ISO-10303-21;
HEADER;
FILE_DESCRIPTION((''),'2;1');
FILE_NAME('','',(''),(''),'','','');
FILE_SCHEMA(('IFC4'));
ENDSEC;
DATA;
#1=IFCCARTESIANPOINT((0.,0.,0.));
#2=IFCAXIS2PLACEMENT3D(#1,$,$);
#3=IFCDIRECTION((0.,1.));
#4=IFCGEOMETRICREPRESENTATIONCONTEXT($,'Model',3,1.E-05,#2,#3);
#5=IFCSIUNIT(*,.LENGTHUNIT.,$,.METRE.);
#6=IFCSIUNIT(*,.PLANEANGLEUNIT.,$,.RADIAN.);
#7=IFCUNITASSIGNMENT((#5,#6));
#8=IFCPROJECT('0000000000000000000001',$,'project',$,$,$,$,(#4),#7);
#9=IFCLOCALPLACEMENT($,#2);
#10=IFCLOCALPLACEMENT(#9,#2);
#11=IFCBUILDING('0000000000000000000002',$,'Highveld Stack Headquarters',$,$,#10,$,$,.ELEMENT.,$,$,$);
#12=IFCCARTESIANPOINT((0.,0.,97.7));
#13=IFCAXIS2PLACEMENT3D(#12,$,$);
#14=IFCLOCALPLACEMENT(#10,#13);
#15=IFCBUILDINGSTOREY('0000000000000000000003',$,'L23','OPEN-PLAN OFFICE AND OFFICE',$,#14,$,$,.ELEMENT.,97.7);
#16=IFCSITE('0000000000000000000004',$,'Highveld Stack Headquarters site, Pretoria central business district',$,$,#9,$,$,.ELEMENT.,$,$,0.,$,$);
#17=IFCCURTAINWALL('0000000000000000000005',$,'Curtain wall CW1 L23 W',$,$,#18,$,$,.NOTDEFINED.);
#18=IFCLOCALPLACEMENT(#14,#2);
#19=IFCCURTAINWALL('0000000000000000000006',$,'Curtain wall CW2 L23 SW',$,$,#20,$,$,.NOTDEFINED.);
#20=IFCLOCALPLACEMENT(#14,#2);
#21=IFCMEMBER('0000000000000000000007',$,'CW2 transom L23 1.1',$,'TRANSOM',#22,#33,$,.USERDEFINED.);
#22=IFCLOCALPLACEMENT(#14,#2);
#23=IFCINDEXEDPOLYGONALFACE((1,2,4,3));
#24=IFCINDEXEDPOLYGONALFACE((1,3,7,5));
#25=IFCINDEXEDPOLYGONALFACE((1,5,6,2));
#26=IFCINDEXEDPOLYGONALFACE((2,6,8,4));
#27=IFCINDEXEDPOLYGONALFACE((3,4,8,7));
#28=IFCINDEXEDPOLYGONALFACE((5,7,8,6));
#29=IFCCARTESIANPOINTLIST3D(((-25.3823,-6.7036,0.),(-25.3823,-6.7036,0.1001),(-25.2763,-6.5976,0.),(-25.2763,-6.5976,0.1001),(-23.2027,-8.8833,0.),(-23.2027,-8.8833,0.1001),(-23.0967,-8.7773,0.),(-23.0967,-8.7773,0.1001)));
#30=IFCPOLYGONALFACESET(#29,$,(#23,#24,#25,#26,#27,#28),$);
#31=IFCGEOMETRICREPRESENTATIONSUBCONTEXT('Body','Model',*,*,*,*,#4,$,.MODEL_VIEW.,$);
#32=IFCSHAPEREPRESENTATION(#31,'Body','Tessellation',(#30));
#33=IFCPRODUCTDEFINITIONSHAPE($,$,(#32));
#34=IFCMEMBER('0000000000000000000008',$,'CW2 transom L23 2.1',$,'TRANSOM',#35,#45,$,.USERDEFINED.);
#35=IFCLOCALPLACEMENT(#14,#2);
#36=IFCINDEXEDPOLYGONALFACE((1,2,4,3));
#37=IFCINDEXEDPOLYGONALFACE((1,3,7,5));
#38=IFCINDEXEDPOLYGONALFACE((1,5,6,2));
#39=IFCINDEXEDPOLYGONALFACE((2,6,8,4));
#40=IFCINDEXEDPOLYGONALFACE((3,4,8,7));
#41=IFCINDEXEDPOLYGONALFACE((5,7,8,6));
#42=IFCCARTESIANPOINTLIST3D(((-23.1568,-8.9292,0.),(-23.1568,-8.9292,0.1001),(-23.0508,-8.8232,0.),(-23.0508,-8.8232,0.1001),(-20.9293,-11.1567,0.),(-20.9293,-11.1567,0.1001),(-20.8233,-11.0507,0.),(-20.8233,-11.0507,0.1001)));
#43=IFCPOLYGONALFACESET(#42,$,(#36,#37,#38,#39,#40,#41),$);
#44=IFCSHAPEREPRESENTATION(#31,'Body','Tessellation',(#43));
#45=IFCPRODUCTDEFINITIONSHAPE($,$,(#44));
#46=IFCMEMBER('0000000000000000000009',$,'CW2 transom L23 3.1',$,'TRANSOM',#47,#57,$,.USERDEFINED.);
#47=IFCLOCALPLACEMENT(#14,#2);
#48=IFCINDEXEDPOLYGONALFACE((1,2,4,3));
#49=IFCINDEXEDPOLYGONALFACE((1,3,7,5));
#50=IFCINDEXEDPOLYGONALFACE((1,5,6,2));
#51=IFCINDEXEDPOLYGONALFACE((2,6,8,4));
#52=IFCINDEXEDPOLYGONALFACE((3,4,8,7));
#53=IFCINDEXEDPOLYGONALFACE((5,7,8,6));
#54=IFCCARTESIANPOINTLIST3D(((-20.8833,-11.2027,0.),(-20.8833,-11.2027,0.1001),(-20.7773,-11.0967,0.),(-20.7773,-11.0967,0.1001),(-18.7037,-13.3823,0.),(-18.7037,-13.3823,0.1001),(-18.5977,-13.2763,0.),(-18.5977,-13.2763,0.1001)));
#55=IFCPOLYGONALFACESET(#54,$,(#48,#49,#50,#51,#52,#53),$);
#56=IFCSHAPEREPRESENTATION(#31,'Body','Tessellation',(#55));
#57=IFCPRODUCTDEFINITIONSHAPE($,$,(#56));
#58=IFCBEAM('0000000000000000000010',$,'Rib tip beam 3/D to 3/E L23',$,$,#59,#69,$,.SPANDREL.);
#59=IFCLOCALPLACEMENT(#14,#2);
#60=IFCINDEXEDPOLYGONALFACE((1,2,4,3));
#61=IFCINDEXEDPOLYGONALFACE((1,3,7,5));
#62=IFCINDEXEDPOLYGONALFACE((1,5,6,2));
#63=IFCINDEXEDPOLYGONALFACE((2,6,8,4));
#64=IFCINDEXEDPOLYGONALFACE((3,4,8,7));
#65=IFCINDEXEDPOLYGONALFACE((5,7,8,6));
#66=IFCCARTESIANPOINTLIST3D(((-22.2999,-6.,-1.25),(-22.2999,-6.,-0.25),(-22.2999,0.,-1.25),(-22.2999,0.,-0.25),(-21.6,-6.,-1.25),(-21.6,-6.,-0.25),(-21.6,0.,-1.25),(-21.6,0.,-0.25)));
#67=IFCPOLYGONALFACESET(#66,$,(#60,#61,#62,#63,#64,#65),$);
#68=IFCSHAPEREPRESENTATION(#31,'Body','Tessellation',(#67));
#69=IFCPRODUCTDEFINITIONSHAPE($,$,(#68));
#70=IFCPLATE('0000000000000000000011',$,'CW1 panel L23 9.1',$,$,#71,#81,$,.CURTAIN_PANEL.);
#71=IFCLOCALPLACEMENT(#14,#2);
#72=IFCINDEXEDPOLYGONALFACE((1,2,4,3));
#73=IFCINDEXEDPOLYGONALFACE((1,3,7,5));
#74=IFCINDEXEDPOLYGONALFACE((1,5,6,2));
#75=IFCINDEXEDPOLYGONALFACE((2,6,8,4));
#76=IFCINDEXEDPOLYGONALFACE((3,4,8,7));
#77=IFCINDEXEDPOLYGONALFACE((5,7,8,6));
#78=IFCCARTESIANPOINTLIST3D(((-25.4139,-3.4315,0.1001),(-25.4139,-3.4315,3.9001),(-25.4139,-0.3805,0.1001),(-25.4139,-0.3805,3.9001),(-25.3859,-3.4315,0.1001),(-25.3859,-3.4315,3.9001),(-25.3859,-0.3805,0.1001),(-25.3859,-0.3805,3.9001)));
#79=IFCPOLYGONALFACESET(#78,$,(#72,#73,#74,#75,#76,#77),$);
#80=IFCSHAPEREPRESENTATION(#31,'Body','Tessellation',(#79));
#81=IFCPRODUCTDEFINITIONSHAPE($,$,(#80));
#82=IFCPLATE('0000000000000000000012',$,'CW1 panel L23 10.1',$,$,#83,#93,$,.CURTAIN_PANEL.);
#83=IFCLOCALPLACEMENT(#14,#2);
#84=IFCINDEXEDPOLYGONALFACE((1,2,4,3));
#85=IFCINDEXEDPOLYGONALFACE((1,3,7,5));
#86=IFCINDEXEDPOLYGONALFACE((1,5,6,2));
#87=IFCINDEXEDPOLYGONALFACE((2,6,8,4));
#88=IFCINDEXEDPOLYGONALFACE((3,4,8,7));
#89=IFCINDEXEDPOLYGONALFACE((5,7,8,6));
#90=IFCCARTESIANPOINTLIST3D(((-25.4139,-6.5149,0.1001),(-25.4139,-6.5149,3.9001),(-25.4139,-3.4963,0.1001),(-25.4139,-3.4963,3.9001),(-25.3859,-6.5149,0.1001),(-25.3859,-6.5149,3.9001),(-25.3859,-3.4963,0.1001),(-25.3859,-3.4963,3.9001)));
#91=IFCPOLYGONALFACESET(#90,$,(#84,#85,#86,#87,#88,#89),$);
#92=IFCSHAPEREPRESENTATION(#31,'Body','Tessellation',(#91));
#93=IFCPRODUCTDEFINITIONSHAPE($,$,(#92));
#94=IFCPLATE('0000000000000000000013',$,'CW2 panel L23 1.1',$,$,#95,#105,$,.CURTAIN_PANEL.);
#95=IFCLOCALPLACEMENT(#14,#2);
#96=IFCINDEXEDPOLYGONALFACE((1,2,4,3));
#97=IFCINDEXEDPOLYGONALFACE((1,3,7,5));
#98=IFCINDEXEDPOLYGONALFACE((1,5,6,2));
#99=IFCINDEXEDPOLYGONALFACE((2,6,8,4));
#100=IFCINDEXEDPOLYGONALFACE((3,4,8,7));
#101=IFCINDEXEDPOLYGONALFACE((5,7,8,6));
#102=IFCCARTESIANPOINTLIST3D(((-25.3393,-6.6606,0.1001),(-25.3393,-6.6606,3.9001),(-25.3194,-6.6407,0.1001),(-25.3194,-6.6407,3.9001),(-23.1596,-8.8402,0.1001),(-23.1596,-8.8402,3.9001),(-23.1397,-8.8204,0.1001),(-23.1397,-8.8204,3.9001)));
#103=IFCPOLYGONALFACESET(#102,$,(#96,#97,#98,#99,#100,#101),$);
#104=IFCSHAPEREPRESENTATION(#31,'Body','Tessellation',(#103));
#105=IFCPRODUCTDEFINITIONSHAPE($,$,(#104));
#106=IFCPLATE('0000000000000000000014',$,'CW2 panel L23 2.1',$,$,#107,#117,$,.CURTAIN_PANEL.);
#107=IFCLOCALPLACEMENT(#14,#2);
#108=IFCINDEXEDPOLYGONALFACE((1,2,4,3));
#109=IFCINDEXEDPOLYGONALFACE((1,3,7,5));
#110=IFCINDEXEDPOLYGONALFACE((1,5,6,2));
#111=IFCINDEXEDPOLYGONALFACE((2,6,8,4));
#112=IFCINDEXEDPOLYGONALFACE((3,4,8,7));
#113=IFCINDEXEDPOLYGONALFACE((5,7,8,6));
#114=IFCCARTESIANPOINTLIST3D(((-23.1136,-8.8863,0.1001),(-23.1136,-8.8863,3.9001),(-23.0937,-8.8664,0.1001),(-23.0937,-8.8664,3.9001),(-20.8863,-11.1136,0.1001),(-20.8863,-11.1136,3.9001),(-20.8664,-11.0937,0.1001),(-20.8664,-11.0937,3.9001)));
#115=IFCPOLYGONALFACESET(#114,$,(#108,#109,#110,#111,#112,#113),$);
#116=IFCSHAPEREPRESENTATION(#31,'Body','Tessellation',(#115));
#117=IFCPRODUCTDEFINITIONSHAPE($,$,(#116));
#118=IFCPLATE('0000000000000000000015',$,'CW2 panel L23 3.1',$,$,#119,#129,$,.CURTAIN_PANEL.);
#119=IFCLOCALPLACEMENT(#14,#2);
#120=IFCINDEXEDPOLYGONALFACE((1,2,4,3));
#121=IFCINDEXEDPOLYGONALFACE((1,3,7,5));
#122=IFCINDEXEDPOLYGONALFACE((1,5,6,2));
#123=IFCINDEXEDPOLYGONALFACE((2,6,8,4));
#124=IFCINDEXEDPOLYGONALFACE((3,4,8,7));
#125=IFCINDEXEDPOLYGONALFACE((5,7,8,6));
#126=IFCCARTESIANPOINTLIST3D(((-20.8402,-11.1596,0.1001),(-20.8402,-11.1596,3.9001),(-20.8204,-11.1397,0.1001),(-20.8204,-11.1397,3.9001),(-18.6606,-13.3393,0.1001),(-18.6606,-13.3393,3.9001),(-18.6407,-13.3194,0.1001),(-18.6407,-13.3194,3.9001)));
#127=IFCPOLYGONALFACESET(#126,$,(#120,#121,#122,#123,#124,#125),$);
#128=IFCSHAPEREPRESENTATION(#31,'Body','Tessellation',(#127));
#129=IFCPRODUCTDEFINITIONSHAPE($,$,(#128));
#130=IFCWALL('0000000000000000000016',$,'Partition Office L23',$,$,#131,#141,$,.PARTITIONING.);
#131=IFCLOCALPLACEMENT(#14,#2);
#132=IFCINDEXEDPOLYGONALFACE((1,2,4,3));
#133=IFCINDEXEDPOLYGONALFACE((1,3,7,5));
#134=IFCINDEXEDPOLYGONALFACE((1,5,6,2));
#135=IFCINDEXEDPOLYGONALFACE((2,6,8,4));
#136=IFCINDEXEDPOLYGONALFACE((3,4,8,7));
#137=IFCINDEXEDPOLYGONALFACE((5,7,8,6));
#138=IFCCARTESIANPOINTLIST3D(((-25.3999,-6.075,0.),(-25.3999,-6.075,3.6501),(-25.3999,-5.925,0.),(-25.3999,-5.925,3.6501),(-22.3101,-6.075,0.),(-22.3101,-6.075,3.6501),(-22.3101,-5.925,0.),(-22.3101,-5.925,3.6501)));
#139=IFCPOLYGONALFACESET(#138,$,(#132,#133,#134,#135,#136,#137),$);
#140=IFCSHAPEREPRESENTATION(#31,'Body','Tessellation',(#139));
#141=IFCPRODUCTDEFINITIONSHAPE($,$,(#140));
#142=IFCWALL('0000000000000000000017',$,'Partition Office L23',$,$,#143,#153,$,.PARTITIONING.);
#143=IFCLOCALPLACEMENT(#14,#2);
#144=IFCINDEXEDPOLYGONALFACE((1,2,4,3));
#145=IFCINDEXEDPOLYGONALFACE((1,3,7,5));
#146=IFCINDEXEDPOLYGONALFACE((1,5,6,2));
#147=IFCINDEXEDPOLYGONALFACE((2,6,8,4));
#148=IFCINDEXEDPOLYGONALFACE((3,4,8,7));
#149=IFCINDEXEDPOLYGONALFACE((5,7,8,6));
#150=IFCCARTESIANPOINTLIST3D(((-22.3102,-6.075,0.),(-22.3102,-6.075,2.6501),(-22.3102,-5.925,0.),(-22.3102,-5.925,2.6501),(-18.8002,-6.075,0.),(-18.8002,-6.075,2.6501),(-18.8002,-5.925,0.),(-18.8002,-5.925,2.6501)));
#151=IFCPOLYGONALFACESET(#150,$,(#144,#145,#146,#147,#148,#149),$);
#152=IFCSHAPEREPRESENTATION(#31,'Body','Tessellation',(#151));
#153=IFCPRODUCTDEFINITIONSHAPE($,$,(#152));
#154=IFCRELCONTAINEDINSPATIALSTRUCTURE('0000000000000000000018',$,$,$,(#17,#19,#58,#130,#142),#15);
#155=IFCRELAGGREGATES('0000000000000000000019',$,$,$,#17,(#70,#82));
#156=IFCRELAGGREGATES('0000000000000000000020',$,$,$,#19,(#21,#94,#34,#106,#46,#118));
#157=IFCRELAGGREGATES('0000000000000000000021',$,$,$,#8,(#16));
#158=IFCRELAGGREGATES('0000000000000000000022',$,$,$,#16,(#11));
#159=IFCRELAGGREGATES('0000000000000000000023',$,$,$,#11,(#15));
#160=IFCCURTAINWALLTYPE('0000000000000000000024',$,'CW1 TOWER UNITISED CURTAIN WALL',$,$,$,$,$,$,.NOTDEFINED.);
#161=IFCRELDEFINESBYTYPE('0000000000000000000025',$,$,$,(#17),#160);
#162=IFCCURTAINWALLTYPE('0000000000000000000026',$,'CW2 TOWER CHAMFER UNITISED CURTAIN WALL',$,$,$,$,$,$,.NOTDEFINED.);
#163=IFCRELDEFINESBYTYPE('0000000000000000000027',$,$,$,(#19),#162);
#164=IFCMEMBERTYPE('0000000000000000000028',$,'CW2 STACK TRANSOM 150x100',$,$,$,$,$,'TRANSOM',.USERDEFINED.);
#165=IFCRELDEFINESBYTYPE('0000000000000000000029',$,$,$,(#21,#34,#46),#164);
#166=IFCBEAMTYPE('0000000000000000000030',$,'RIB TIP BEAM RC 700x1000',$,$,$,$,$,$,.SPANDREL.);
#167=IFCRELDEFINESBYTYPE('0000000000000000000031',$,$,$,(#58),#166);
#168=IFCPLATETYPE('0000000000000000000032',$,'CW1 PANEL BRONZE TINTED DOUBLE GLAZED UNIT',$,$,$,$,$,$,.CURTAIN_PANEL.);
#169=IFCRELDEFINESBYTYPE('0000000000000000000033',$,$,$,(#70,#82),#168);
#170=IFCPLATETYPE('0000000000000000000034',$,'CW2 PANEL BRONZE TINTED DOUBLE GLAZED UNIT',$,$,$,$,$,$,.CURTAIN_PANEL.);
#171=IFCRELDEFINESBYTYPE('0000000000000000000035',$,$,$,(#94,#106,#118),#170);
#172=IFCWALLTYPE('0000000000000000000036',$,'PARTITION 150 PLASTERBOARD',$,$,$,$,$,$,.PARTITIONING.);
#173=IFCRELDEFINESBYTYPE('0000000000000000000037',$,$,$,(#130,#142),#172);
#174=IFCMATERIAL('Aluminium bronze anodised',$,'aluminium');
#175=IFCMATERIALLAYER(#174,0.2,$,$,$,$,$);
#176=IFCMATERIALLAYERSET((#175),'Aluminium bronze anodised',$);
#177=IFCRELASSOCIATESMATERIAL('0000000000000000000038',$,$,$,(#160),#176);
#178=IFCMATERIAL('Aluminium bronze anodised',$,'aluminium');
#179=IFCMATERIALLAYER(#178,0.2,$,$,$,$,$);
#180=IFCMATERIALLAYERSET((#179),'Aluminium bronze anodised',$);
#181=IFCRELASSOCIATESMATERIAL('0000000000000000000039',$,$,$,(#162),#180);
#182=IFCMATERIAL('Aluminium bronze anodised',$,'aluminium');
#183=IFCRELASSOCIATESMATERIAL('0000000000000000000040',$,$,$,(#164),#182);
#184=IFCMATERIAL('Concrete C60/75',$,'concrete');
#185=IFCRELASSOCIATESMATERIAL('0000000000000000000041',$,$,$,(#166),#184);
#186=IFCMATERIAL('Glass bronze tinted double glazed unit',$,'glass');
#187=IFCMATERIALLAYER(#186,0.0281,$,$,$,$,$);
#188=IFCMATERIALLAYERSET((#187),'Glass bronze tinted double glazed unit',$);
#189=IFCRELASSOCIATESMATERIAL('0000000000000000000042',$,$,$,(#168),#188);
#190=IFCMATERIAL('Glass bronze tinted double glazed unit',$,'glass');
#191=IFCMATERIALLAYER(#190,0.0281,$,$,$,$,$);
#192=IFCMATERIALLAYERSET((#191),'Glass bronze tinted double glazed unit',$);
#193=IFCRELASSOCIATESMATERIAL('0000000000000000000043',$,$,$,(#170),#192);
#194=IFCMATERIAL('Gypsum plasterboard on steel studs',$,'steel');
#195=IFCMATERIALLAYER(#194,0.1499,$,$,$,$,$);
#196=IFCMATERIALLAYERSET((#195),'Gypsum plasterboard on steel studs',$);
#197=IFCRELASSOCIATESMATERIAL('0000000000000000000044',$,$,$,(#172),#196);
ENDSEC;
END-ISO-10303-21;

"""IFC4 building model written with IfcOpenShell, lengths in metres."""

from ifc_helpers import new_model, si_unit, direction, frame, frame_2d, origin, origin_2d, place, context, subcontext, project, spatial, rectangle, extrude, material, layer, layer_set, material_profile, profile_set, type_object, element, aggregate, save


model = new_model("IFC4")

# Units and contexts
model_context = context("Model", 3, precision=1e-05, world=origin(), true_north=direction((0.0, 1.0)))
body_context = subcontext(model_context, "Body", "Model", "MODEL_VIEW")
ifc_project = project(units=[si_unit("LENGTHUNIT", "METRE"), si_unit("PLANEANGLEUNIT", "RADIAN")], contexts=[model_context])

# Site, building, storey
site_placement = place(None, origin())
site = spatial("IfcSite", under=ifc_project, at=site_placement, Name="Highveld Stack Headquarters site, Pretoria central business district", CompositionType="ELEMENT", RefElevation=0.0)
building_placement = place(site_placement, origin())
building = spatial("IfcBuilding", under=site, at=building_placement, Name="Highveld Stack Headquarters", CompositionType="ELEMENT")
storey_placement = place(building_placement, frame((0.0, 0.0, 97.7)))
storey = spatial("IfcBuildingStorey", under=building, at=storey_placement, Name="L23", Description="OPEN-PLAN OFFICE AND OFFICE", CompositionType="ELEMENT", Elevation=97.7)

# Shared definitions
ifc_material_1 = material(Name="Aluminium bronze anodised", Category="aluminium")
ifc_layer_1 = layer(ifc_material_1, 0.2)
ifc_layer_set_1 = layer_set([ifc_layer_1], Name="Aluminium bronze anodised")
curtain_wall_type_1 = type_object("IfcCurtainWallType", Name="CW1 TOWER UNITISED CURTAIN WALL", PredefinedType="NOTDEFINED", material=ifc_layer_set_1)

# Curtain wall
curtain_wall_1_placement = place(storey_placement, origin())
curtain_wall_1 = element("IfcCurtainWall", 1, at=curtain_wall_1_placement, inside=storey, type_object=curtain_wall_type_1, Name="Curtain wall CW1 L23 W", PredefinedType="NOTDEFINED")

# Curtain wall, members
ifc_material_2 = material(Name="Aluminium bronze anodised", Category="aluminium")
ifc_layer_2 = layer(ifc_material_2, 0.2)
ifc_layer_set_2 = layer_set([ifc_layer_2], Name="Aluminium bronze anodised")
curtain_wall_type_2 = type_object("IfcCurtainWallType", Name="CW2 TOWER CHAMFER UNITISED CURTAIN WALL", PredefinedType="NOTDEFINED", material=ifc_layer_set_2)
curtain_wall_2_placement = place(storey_placement, origin())
curtain_wall_2 = element("IfcCurtainWall", 2, at=curtain_wall_2_placement, inside=storey, type_object=curtain_wall_type_2, Name="Curtain wall CW2 L23 SW", PredefinedType="NOTDEFINED")
ifc_material_3 = material(Name="Aluminium bronze anodised", Category="aluminium")
ifc_material_profile_1 = material_profile(ifc_material_3, rectangle(XDim=0.1499, YDim=0.1001, at=origin_2d()), Name="CW2 TRANSOM 150x100")
ifc_profile_set_1 = profile_set([ifc_material_profile_1], Name="Aluminium bronze anodised")
member_type_1 = type_object("IfcMemberType", Name="CW2 STACK TRANSOM 150x100", ElementType="TRANSOM", PredefinedType="USERDEFINED", material=ifc_profile_set_1)
member_1_placement = place(storey_placement, frame((-25.3293, -6.6506, 0.05), z_axis=(0.707107, -0.707107, 0.0), x_axis=(0.707107, 0.707107, 0.0)))
member_1 = element("IfcMember", 3, at=member_1_placement, type_object=member_type_1, Name="CW2 transom L23 1.1", ObjectType="TRANSOM", PredefinedType="USERDEFINED", context=body_context, shape_type="SweptSolid", body=[
    extrude(rectangle(XDim=0.1499, YDim=0.1001, at=origin_2d()), origin(), (0.0, 0.0, 1.0), 3.0825),
])
member_2_placement = place(storey_placement, frame((-23.1038, -8.8762, 0.05), z_axis=(0.707107, -0.707107, 0.0), x_axis=(0.707107, 0.707107, 0.0)))
member_2 = element("IfcMember", 4, at=member_2_placement, type_object=member_type_1, Name="CW2 transom L23 2.1", ObjectType="TRANSOM", PredefinedType="USERDEFINED", context=body_context, shape_type="SweptSolid", body=[
    extrude(rectangle(XDim=0.1499, YDim=0.1001, at=origin_2d()), origin(), (0.0, 0.0, 1.0), 3.1501),
])
member_3_placement = place(storey_placement, frame((-20.8303, -11.1497, 0.05), z_axis=(0.707107, -0.707107, 0.0), x_axis=(0.707107, 0.707107, 0.0)))
member_3 = element("IfcMember", 5, at=member_3_placement, type_object=member_type_1, Name="CW2 transom L23 3.1", ObjectType="TRANSOM", PredefinedType="USERDEFINED", context=body_context, shape_type="SweptSolid", body=[
    extrude(rectangle(XDim=0.1499, YDim=0.1001, at=origin_2d()), origin(), (0.0, 0.0, 1.0), 3.0825),
])

# Beam
ifc_material_4 = material(Name="Concrete C60/75", Category="concrete")
ifc_material_profile_2 = material_profile(ifc_material_4, rectangle(XDim=0.7, YDim=1.0, at=origin_2d()), Name="RC 700x1000")
ifc_profile_set_2 = profile_set([ifc_material_profile_2], Name="Concrete C60/75")
beam_type = type_object("IfcBeamType", Name="RIB TIP BEAM RC 700x1000", PredefinedType="SPANDREL", material=ifc_profile_set_2)
beam_placement = place(storey_placement, frame((-21.95, -6.0, -0.75), z_axis=(0.0, 1.0, 0.0), x_axis=(-1.0, 0.0, 0.0)))
element("IfcBeam", 6, at=beam_placement, inside=storey, type_object=beam_type, Name="Rib tip beam 3/D to 3/E L23", PredefinedType="SPANDREL", context=body_context, shape_type="SweptSolid", body=[
    extrude(rectangle(XDim=0.7, YDim=1.0, at=origin_2d()), origin(), (0.0, 0.0, 1.0), 6.0),
])

# Plates
ifc_material_5 = material(Name="Glass bronze tinted double glazed unit", Category="glass")
ifc_layer_3 = layer(ifc_material_5, 0.0281)
ifc_layer_set_3 = layer_set([ifc_layer_3], Name="Glass bronze tinted double glazed unit")
plate_type_1 = type_object("IfcPlateType", Name="CW1 PANEL BRONZE TINTED DOUBLE GLAZED UNIT", PredefinedType="CURTAIN_PANEL", material=ifc_layer_set_3)
plate_1_placement = place(storey_placement, frame((-25.3999, -1.906, 0.1001), z_axis=(0.0, 0.0, 1.0), x_axis=(0.0, -1.0, 0.0)))
plate_1 = element("IfcPlate", 7, at=plate_1_placement, type_object=plate_type_1, Name="CW1 panel L23 9.1", PredefinedType="CURTAIN_PANEL", context=body_context, shape_type="SweptSolid", body=[
    extrude(rectangle(XDim=3.051, YDim=0.0281, at=origin_2d()), origin(), (0.0, 0.0, 1.0), 3.8),
])
plate_2_placement = place(storey_placement, frame((-25.3999, -5.0056, 0.1001), z_axis=(0.0, 0.0, 1.0), x_axis=(0.0, -1.0, 0.0)))
plate_2 = element("IfcPlate", 8, at=plate_2_placement, type_object=plate_type_1, Name="CW1 panel L23 10.1", PredefinedType="CURTAIN_PANEL", context=body_context, shape_type="SweptSolid", body=[
    extrude(rectangle(XDim=3.0186, YDim=0.0281, at=origin_2d()), origin(), (0.0, 0.0, 1.0), 3.8),
])
aggregate(curtain_wall_1, [plate_1, plate_2])
ifc_material_6 = material(Name="Glass bronze tinted double glazed unit", Category="glass")
ifc_layer_4 = layer(ifc_material_6, 0.0281)
ifc_layer_set_4 = layer_set([ifc_layer_4], Name="Glass bronze tinted double glazed unit")
plate_type_2 = type_object("IfcPlateType", Name="CW2 PANEL BRONZE TINTED DOUBLE GLAZED UNIT", PredefinedType="CURTAIN_PANEL", material=ifc_layer_set_4)
plate_3_placement = place(storey_placement, frame((-24.2395, -7.7405, 0.1001), z_axis=(0.0, 0.0, 1.0), x_axis=(0.707107, -0.707107, 0.0)))
plate_3 = element("IfcPlate", 9, at=plate_3_placement, type_object=plate_type_2, Name="CW2 panel L23 1.1", PredefinedType="CURTAIN_PANEL", context=body_context, shape_type="SweptSolid", body=[
    extrude(rectangle(XDim=3.0825, YDim=0.0281, at=origin_2d()), origin(), (0.0, 0.0, 1.0), 3.8),
])
plate_4_placement = place(storey_placement, frame((-21.99, -9.99, 0.1001), z_axis=(0.0, 0.0, 1.0), x_axis=(0.707107, -0.707107, 0.0)))
plate_4 = element("IfcPlate", 10, at=plate_4_placement, type_object=plate_type_2, Name="CW2 panel L23 2.1", PredefinedType="CURTAIN_PANEL", context=body_context, shape_type="SweptSolid", body=[
    extrude(rectangle(XDim=3.1499, YDim=0.0281, at=origin_2d()), origin(), (0.0, 0.0, 1.0), 3.8),
])
plate_5_placement = place(storey_placement, frame((-19.7405, -12.2395, 0.1001), z_axis=(0.0, 0.0, 1.0), x_axis=(0.707107, -0.707107, 0.0)))
plate_5 = element("IfcPlate", 11, at=plate_5_placement, type_object=plate_type_2, Name="CW2 panel L23 3.1", PredefinedType="CURTAIN_PANEL", context=body_context, shape_type="SweptSolid", body=[
    extrude(rectangle(XDim=3.0825, YDim=0.0281, at=origin_2d()), origin(), (0.0, 0.0, 1.0), 3.8),
])
aggregate(curtain_wall_2, [member_1, plate_3, member_2, plate_4, member_3, plate_5])

# Walls
ifc_material_7 = material(Name="Gypsum plasterboard on steel studs", Category="steel")
ifc_layer_5 = layer(ifc_material_7, 0.1499)
ifc_layer_set_5 = layer_set([ifc_layer_5], Name="Gypsum plasterboard on steel studs")
wall_type = type_object("IfcWallType", Name="PARTITION 150 PLASTERBOARD", PredefinedType="PARTITIONING", material=ifc_layer_set_5)
wall_1_placement = place(storey_placement, frame((-25.3999, -6.0, 0.0), z_axis=(0.0, 0.0, 1.0), x_axis=(1.0, 0.0, 0.0)))
element("IfcWall", 12, at=wall_1_placement, inside=storey, type_object=wall_type, Name="Partition Office L23", PredefinedType="PARTITIONING", context=body_context, shape_type="SweptSolid", body=[
    extrude(rectangle(XDim=3.0898, YDim=0.1499, at=frame_2d((1.5449, 0.0))), origin(), (0.0, 0.0, 1.0), 3.6501),
])
wall_2_placement = place(storey_placement, frame((-22.3101, -6.0, 0.0), z_axis=(0.0, 0.0, 1.0), x_axis=(1.0, 0.0, 0.0)))
element("IfcWall", 13, at=wall_2_placement, inside=storey, type_object=wall_type, Name="Partition Office L23", PredefinedType="PARTITIONING", context=body_context, shape_type="SweptSolid", body=[
    extrude(rectangle(XDim=3.51, YDim=0.1499, at=frame_2d((1.7549, 0.0))), origin(), (0.0, 0.0, 1.0), 2.6501),
])

save(model, "model.ifc")
